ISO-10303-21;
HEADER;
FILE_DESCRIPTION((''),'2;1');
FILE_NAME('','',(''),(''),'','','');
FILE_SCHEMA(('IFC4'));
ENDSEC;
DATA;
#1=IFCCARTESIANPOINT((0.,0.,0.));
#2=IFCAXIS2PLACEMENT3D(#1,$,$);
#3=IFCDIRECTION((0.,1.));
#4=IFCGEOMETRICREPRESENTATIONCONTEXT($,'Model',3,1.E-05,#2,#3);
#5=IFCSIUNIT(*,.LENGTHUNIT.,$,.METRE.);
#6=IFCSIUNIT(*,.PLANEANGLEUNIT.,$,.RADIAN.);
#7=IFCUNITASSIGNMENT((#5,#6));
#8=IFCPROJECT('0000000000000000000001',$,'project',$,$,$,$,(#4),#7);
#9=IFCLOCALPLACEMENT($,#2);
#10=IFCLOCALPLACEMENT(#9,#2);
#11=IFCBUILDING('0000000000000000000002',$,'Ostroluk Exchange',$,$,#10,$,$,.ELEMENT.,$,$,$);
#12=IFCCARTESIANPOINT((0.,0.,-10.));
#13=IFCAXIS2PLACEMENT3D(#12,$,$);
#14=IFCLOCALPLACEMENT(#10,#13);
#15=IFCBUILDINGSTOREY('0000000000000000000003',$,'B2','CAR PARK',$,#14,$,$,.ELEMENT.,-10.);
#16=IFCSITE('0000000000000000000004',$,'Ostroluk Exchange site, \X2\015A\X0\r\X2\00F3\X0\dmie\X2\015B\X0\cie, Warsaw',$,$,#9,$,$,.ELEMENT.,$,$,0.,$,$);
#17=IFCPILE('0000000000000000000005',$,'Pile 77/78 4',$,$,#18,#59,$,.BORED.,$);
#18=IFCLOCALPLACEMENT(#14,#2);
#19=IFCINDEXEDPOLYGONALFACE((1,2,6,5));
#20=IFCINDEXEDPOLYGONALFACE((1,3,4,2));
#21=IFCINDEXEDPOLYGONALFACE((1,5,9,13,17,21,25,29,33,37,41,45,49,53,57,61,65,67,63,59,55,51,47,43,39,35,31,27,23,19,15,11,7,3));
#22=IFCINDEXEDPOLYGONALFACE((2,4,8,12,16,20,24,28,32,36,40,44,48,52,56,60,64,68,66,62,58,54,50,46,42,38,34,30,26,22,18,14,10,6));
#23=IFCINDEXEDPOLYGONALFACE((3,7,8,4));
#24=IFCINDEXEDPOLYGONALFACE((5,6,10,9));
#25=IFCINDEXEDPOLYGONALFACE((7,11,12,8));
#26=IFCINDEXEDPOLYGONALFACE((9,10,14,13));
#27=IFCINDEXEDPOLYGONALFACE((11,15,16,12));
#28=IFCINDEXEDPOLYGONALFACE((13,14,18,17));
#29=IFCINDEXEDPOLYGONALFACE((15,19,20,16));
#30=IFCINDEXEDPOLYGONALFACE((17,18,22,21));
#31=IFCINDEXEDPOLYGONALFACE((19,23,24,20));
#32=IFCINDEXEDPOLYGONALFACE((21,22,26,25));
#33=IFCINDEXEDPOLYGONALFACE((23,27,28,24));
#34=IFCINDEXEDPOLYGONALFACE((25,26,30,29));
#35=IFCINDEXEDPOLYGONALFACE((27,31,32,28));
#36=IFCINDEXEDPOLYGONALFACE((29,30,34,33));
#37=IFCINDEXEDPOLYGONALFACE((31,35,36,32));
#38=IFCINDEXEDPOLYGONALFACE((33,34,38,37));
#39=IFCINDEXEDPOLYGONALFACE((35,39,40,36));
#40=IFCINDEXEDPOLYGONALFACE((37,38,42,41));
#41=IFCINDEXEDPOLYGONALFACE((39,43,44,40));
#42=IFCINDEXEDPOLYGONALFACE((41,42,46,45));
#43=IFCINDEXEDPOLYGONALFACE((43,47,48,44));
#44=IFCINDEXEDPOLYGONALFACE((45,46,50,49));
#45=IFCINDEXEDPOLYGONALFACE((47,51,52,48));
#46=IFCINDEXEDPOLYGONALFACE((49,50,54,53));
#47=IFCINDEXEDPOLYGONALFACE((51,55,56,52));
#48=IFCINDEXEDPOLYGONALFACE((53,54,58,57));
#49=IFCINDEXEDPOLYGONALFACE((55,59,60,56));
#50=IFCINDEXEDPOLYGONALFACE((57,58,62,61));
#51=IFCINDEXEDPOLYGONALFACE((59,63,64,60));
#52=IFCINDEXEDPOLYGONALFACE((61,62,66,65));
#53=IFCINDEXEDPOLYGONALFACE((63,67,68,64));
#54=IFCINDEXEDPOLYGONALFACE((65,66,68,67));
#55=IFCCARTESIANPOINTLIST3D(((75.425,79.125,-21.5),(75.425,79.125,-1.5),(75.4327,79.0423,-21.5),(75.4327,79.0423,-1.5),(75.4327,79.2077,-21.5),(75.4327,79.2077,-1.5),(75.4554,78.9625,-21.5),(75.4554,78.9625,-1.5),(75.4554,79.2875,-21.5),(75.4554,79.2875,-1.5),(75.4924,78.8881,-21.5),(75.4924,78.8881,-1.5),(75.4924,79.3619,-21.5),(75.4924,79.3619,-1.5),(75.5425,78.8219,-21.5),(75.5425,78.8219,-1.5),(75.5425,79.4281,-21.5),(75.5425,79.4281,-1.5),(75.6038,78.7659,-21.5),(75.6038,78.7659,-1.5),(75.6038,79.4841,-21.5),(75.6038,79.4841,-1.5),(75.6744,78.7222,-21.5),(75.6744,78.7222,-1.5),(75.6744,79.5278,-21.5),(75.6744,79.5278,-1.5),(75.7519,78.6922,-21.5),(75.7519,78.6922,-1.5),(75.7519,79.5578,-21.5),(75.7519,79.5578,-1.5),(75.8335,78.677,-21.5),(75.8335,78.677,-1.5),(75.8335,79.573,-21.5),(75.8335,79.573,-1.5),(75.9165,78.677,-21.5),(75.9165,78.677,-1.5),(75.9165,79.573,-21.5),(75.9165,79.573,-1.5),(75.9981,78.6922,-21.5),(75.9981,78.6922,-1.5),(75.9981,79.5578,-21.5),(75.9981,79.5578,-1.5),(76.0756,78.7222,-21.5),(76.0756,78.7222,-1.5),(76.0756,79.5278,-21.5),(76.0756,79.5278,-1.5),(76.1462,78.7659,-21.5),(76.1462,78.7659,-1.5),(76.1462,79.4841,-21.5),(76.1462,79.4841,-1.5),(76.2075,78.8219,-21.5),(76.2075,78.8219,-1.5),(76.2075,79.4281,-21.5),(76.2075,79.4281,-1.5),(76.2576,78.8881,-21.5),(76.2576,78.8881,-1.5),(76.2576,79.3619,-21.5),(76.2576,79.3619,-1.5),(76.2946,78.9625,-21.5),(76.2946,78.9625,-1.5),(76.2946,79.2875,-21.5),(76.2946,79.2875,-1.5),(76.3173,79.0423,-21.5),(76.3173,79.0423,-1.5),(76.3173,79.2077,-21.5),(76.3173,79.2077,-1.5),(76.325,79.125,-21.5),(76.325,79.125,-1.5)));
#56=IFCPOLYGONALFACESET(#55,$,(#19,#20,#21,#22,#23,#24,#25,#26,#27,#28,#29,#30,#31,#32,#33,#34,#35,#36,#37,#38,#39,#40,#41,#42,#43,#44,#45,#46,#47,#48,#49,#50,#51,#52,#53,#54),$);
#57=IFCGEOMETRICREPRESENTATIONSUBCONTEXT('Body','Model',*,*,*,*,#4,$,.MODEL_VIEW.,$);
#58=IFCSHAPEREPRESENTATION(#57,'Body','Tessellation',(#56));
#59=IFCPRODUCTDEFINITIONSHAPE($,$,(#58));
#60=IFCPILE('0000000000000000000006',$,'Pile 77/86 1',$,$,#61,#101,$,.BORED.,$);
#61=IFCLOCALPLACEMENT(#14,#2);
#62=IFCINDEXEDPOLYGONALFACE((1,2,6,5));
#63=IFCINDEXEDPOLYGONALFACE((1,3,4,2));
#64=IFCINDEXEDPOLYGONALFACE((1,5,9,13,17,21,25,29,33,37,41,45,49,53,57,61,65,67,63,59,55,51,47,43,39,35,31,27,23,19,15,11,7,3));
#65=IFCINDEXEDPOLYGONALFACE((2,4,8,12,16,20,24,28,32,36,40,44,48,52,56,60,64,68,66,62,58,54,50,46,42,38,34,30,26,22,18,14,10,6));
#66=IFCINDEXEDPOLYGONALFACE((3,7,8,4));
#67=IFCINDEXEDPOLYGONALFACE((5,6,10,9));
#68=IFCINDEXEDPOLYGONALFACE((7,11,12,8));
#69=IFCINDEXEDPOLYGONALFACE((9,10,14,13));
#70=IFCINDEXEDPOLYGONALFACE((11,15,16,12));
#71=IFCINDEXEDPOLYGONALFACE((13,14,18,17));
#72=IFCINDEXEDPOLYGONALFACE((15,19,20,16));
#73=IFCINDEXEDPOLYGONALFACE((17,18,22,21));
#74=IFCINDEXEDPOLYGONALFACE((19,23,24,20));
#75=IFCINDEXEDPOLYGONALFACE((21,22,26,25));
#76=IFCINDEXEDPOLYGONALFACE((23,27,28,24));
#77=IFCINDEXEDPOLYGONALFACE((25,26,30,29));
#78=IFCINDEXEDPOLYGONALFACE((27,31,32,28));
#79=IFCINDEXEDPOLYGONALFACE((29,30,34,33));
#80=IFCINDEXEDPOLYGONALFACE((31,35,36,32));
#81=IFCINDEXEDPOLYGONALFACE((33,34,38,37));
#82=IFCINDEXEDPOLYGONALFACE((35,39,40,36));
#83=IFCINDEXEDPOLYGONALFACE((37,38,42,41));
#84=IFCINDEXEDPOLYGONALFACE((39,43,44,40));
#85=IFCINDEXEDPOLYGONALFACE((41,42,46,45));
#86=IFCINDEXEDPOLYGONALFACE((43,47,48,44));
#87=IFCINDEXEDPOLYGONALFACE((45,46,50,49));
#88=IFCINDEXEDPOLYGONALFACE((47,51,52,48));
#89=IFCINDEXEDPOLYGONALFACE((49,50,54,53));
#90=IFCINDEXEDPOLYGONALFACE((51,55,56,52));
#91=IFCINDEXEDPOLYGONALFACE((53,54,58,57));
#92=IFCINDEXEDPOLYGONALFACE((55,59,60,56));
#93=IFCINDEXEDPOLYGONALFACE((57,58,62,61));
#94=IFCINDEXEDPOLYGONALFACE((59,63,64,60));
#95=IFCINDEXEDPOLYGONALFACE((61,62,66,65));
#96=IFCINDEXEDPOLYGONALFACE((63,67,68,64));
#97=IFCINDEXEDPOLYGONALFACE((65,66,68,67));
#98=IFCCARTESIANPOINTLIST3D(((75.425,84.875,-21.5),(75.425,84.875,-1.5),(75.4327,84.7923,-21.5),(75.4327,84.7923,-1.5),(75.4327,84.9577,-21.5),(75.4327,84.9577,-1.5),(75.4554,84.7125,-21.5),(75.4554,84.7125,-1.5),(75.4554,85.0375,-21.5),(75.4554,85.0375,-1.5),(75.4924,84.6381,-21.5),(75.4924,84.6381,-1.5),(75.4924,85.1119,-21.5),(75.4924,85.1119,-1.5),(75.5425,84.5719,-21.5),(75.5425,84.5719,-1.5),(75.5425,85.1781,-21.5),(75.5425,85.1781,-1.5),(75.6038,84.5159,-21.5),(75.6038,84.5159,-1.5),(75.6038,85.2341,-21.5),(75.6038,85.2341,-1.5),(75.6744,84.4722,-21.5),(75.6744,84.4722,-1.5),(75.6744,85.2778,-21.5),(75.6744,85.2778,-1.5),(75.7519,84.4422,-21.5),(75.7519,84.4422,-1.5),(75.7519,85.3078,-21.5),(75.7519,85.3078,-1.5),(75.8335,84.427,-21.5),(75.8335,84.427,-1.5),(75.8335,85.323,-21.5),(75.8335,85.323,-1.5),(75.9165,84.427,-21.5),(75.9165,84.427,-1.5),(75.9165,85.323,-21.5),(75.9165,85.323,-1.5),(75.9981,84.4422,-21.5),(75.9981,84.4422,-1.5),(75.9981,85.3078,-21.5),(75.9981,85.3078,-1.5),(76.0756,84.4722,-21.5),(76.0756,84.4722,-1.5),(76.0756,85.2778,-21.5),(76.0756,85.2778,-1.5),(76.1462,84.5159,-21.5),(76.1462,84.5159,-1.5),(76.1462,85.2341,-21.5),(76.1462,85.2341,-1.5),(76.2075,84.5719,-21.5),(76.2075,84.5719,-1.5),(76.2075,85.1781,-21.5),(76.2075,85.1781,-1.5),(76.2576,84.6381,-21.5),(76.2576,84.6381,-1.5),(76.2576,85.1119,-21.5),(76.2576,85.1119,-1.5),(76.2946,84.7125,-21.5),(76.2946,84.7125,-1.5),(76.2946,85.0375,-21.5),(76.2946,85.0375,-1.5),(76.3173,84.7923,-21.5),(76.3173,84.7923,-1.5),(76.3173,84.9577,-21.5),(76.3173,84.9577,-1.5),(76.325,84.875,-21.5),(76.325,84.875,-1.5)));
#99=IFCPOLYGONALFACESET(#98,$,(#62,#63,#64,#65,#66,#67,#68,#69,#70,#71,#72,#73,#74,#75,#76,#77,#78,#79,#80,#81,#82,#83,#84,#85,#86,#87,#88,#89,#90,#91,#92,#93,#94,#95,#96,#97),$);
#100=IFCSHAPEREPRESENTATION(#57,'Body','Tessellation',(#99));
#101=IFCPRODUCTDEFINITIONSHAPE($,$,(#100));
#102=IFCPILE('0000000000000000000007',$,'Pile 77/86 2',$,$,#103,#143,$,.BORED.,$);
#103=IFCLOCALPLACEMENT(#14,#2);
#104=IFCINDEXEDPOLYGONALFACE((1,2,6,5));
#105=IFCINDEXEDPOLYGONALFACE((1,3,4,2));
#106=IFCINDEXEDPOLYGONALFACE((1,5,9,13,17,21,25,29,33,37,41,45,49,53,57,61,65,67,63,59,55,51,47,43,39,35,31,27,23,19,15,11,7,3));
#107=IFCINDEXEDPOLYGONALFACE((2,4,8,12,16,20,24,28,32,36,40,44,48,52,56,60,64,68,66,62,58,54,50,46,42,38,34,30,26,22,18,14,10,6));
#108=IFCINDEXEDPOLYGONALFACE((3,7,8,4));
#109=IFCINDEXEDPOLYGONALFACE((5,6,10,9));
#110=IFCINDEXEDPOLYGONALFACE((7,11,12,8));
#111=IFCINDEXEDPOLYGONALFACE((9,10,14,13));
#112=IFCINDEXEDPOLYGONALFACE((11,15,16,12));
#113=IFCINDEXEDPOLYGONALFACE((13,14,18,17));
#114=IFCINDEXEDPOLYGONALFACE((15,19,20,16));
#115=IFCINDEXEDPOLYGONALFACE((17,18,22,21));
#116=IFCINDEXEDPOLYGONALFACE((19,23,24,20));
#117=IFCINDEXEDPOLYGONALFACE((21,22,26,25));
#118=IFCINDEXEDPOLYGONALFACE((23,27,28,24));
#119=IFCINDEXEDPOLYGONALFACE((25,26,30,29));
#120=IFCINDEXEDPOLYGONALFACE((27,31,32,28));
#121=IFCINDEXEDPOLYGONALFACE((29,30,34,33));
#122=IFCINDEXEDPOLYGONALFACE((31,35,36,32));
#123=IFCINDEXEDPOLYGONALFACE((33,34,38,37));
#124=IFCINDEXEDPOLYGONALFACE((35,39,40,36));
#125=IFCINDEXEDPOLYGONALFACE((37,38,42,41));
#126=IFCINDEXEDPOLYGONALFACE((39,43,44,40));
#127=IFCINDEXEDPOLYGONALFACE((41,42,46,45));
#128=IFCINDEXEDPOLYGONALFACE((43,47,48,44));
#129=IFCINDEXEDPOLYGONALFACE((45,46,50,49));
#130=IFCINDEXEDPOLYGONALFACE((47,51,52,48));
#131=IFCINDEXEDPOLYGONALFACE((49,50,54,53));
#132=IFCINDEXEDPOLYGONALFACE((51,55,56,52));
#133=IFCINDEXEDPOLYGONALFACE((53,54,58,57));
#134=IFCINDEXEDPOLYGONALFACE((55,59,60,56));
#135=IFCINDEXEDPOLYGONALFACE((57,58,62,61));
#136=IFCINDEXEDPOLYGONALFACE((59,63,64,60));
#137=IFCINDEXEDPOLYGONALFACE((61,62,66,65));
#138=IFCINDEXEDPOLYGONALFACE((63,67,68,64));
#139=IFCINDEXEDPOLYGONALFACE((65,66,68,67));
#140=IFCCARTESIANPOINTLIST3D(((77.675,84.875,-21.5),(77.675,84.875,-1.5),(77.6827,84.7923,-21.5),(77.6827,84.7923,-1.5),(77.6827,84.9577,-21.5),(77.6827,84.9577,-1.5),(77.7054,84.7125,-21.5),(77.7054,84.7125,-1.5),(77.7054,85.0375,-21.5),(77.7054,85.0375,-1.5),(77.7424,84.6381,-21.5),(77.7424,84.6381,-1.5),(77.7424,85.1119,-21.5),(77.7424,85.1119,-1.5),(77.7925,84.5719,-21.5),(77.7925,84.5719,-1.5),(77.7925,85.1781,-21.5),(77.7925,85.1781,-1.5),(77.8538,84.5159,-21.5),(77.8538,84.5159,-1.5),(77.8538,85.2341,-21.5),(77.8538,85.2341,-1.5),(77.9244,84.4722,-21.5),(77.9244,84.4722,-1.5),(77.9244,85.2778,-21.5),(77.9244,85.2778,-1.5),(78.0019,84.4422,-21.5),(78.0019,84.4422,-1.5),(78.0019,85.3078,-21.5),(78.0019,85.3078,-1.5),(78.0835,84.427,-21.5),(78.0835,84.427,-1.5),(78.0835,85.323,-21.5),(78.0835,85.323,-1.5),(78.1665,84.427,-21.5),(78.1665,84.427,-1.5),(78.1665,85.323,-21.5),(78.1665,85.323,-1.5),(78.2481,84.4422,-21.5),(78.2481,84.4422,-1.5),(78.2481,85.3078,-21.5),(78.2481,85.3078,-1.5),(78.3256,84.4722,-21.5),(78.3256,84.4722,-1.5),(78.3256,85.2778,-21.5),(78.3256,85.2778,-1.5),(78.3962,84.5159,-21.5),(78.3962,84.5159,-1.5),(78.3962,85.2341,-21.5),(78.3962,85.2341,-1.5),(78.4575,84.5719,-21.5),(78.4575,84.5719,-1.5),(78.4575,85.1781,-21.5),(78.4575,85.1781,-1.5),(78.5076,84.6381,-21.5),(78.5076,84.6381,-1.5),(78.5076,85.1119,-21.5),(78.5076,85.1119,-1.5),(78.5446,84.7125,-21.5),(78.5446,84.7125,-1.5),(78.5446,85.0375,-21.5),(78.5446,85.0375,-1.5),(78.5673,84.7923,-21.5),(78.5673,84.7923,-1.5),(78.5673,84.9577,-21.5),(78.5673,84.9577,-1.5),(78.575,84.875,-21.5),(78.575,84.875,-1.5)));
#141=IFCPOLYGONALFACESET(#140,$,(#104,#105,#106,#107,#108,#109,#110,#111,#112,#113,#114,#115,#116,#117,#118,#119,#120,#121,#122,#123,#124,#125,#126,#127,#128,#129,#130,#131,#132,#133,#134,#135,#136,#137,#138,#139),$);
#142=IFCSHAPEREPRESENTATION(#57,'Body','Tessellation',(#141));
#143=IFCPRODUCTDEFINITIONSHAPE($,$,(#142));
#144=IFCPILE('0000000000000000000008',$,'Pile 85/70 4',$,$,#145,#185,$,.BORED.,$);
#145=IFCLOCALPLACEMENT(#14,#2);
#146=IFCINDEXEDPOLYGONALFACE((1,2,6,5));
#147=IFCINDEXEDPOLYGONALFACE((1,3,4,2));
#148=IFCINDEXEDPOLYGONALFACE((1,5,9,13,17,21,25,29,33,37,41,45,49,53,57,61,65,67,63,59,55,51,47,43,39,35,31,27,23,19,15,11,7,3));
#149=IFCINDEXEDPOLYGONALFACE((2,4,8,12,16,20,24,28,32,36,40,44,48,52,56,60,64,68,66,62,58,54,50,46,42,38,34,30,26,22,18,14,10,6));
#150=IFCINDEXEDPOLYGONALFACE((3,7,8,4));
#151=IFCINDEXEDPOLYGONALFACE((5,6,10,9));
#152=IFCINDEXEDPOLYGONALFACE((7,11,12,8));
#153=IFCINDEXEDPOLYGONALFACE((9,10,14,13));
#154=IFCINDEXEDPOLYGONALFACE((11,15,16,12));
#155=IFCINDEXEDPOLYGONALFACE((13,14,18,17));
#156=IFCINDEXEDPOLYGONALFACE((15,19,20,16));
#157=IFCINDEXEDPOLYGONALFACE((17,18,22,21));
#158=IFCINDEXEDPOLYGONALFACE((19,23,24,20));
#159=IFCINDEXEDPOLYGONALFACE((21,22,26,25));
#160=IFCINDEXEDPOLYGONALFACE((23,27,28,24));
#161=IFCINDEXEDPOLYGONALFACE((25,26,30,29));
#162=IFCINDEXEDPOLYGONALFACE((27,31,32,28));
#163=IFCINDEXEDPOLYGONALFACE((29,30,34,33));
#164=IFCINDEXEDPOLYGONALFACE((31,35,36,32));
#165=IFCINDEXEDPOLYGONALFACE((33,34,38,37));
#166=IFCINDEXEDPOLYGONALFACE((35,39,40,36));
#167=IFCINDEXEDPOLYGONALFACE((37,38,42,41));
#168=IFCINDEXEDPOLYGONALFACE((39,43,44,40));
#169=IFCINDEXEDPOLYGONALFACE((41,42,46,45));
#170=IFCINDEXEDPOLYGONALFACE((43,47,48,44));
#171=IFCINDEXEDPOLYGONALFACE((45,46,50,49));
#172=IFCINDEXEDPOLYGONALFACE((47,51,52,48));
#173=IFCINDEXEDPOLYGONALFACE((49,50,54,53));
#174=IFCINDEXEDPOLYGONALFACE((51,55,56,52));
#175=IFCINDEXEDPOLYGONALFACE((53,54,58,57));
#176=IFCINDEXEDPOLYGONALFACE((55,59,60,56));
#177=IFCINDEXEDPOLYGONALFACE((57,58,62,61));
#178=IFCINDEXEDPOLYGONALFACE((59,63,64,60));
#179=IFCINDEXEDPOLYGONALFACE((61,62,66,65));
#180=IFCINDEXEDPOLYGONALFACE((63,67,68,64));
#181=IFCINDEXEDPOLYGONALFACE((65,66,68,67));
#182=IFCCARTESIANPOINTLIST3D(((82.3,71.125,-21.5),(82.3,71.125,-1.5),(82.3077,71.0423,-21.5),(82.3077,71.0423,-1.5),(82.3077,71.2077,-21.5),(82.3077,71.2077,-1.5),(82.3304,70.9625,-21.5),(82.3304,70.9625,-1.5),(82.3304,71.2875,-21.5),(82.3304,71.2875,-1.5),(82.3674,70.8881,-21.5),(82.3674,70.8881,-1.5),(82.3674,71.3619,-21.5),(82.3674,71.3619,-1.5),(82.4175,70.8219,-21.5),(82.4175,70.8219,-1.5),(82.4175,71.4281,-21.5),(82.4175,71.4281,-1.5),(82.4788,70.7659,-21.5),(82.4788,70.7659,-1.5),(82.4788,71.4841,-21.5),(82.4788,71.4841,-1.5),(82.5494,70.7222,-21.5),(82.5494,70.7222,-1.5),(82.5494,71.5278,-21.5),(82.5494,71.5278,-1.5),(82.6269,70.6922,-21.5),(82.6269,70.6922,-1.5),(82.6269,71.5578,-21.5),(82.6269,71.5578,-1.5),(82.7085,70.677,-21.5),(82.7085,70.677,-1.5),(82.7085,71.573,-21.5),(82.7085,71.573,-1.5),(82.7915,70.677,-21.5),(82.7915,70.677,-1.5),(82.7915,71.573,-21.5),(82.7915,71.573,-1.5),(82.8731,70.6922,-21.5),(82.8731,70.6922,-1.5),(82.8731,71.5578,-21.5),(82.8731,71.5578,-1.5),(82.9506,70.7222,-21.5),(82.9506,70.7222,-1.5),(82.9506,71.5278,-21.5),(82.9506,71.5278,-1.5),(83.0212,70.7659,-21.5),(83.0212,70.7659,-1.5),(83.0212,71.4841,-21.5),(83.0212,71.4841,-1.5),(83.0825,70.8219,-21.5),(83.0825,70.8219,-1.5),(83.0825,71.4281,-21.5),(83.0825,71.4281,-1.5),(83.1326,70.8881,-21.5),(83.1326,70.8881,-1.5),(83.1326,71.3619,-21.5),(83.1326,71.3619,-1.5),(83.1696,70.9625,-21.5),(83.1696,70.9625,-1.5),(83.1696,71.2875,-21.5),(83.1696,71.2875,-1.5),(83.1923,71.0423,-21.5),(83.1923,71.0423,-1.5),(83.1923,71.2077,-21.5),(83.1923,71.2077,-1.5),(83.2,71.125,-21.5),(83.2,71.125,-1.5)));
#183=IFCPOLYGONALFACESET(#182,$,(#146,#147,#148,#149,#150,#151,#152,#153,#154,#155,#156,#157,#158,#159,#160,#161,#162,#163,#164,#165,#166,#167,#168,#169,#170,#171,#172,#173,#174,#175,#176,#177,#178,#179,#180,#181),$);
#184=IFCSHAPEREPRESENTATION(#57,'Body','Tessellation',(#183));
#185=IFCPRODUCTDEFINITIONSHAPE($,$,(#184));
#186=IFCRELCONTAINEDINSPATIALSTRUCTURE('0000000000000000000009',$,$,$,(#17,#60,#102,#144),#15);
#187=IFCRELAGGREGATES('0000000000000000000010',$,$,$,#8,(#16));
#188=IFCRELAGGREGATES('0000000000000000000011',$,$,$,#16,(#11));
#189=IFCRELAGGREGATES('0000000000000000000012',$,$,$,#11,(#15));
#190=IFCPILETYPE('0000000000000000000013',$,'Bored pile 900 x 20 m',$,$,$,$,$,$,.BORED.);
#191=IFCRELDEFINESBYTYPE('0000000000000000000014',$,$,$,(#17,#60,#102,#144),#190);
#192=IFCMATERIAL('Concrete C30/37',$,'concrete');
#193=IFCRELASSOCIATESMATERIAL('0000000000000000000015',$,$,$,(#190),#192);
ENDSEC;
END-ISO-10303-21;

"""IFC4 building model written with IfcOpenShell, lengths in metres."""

from ifc_helpers import new_model, si_unit, direction, frame, origin, origin_2d, place, context, subcontext, project, spatial, circle, extrude, material, type_object, element, save


model = new_model("IFC4")

# Units and contexts
model_context = context("Model", 3, precision=1e-05, world=origin(), true_north=direction((0.0, 1.0)))
body_context = subcontext(model_context, "Body", "Model", "MODEL_VIEW")
ifc_project = project(units=[si_unit("LENGTHUNIT", "METRE"), si_unit("PLANEANGLEUNIT", "RADIAN")], contexts=[model_context])

# Site, building, storey
site_placement = place(None, origin())
site = spatial("IfcSite", under=ifc_project, at=site_placement, Name="Ostroluk Exchange site, Śródmieście, Warsaw", CompositionType="ELEMENT", RefElevation=0.0)
building_placement = place(site_placement, origin())
building = spatial("IfcBuilding", under=site, at=building_placement, Name="Ostroluk Exchange", CompositionType="ELEMENT")
storey_placement = place(building_placement, frame((0.0, 0.0, -10.0)))
storey = spatial("IfcBuildingStorey", under=building, at=storey_placement, Name="B2", Description="CAR PARK", CompositionType="ELEMENT", Elevation=-10.0)

# Piles
ifc_material_1 = material(Name="Concrete C30/37", Category="concrete")
pile_type = type_object("IfcPileType", Name="Bored pile 900 x 20 m", PredefinedType="BORED", material=ifc_material_1)
for number, where, z_axis, x_axis, name in (
    (1, (75.875, 79.125, -1.5), (0.0, 0.0, -1.0), (1.0, 0.0, 0.0), "Pile 77/78 4"),
    (2, (75.875, 84.875, -1.5), (0.0, 0.0, -1.0), (1.0, 0.0, 0.0), "Pile 77/86 1"),
    (3, (78.125, 84.875, -1.5), (0.0, 0.0, -1.0), (1.0, 0.0, 0.0), "Pile 77/86 2"),
    (4, (82.75, 71.125, -1.5), (0.0, 0.0, -1.0), (1.0, 0.0, 0.0), "Pile 85/70 4"),
):
    element("IfcPile", number, at=place(storey_placement, frame(where, z_axis=z_axis, x_axis=x_axis)), inside=storey, type_object=pile_type, Name=name, PredefinedType="BORED", context=body_context, shape_type="SweptSolid", body=[
        extrude(circle(Radius=0.45, at=origin_2d()), origin(), (0.0, 0.0, 1.0), 20.0),
    ])

save(model, "model.ifc")
